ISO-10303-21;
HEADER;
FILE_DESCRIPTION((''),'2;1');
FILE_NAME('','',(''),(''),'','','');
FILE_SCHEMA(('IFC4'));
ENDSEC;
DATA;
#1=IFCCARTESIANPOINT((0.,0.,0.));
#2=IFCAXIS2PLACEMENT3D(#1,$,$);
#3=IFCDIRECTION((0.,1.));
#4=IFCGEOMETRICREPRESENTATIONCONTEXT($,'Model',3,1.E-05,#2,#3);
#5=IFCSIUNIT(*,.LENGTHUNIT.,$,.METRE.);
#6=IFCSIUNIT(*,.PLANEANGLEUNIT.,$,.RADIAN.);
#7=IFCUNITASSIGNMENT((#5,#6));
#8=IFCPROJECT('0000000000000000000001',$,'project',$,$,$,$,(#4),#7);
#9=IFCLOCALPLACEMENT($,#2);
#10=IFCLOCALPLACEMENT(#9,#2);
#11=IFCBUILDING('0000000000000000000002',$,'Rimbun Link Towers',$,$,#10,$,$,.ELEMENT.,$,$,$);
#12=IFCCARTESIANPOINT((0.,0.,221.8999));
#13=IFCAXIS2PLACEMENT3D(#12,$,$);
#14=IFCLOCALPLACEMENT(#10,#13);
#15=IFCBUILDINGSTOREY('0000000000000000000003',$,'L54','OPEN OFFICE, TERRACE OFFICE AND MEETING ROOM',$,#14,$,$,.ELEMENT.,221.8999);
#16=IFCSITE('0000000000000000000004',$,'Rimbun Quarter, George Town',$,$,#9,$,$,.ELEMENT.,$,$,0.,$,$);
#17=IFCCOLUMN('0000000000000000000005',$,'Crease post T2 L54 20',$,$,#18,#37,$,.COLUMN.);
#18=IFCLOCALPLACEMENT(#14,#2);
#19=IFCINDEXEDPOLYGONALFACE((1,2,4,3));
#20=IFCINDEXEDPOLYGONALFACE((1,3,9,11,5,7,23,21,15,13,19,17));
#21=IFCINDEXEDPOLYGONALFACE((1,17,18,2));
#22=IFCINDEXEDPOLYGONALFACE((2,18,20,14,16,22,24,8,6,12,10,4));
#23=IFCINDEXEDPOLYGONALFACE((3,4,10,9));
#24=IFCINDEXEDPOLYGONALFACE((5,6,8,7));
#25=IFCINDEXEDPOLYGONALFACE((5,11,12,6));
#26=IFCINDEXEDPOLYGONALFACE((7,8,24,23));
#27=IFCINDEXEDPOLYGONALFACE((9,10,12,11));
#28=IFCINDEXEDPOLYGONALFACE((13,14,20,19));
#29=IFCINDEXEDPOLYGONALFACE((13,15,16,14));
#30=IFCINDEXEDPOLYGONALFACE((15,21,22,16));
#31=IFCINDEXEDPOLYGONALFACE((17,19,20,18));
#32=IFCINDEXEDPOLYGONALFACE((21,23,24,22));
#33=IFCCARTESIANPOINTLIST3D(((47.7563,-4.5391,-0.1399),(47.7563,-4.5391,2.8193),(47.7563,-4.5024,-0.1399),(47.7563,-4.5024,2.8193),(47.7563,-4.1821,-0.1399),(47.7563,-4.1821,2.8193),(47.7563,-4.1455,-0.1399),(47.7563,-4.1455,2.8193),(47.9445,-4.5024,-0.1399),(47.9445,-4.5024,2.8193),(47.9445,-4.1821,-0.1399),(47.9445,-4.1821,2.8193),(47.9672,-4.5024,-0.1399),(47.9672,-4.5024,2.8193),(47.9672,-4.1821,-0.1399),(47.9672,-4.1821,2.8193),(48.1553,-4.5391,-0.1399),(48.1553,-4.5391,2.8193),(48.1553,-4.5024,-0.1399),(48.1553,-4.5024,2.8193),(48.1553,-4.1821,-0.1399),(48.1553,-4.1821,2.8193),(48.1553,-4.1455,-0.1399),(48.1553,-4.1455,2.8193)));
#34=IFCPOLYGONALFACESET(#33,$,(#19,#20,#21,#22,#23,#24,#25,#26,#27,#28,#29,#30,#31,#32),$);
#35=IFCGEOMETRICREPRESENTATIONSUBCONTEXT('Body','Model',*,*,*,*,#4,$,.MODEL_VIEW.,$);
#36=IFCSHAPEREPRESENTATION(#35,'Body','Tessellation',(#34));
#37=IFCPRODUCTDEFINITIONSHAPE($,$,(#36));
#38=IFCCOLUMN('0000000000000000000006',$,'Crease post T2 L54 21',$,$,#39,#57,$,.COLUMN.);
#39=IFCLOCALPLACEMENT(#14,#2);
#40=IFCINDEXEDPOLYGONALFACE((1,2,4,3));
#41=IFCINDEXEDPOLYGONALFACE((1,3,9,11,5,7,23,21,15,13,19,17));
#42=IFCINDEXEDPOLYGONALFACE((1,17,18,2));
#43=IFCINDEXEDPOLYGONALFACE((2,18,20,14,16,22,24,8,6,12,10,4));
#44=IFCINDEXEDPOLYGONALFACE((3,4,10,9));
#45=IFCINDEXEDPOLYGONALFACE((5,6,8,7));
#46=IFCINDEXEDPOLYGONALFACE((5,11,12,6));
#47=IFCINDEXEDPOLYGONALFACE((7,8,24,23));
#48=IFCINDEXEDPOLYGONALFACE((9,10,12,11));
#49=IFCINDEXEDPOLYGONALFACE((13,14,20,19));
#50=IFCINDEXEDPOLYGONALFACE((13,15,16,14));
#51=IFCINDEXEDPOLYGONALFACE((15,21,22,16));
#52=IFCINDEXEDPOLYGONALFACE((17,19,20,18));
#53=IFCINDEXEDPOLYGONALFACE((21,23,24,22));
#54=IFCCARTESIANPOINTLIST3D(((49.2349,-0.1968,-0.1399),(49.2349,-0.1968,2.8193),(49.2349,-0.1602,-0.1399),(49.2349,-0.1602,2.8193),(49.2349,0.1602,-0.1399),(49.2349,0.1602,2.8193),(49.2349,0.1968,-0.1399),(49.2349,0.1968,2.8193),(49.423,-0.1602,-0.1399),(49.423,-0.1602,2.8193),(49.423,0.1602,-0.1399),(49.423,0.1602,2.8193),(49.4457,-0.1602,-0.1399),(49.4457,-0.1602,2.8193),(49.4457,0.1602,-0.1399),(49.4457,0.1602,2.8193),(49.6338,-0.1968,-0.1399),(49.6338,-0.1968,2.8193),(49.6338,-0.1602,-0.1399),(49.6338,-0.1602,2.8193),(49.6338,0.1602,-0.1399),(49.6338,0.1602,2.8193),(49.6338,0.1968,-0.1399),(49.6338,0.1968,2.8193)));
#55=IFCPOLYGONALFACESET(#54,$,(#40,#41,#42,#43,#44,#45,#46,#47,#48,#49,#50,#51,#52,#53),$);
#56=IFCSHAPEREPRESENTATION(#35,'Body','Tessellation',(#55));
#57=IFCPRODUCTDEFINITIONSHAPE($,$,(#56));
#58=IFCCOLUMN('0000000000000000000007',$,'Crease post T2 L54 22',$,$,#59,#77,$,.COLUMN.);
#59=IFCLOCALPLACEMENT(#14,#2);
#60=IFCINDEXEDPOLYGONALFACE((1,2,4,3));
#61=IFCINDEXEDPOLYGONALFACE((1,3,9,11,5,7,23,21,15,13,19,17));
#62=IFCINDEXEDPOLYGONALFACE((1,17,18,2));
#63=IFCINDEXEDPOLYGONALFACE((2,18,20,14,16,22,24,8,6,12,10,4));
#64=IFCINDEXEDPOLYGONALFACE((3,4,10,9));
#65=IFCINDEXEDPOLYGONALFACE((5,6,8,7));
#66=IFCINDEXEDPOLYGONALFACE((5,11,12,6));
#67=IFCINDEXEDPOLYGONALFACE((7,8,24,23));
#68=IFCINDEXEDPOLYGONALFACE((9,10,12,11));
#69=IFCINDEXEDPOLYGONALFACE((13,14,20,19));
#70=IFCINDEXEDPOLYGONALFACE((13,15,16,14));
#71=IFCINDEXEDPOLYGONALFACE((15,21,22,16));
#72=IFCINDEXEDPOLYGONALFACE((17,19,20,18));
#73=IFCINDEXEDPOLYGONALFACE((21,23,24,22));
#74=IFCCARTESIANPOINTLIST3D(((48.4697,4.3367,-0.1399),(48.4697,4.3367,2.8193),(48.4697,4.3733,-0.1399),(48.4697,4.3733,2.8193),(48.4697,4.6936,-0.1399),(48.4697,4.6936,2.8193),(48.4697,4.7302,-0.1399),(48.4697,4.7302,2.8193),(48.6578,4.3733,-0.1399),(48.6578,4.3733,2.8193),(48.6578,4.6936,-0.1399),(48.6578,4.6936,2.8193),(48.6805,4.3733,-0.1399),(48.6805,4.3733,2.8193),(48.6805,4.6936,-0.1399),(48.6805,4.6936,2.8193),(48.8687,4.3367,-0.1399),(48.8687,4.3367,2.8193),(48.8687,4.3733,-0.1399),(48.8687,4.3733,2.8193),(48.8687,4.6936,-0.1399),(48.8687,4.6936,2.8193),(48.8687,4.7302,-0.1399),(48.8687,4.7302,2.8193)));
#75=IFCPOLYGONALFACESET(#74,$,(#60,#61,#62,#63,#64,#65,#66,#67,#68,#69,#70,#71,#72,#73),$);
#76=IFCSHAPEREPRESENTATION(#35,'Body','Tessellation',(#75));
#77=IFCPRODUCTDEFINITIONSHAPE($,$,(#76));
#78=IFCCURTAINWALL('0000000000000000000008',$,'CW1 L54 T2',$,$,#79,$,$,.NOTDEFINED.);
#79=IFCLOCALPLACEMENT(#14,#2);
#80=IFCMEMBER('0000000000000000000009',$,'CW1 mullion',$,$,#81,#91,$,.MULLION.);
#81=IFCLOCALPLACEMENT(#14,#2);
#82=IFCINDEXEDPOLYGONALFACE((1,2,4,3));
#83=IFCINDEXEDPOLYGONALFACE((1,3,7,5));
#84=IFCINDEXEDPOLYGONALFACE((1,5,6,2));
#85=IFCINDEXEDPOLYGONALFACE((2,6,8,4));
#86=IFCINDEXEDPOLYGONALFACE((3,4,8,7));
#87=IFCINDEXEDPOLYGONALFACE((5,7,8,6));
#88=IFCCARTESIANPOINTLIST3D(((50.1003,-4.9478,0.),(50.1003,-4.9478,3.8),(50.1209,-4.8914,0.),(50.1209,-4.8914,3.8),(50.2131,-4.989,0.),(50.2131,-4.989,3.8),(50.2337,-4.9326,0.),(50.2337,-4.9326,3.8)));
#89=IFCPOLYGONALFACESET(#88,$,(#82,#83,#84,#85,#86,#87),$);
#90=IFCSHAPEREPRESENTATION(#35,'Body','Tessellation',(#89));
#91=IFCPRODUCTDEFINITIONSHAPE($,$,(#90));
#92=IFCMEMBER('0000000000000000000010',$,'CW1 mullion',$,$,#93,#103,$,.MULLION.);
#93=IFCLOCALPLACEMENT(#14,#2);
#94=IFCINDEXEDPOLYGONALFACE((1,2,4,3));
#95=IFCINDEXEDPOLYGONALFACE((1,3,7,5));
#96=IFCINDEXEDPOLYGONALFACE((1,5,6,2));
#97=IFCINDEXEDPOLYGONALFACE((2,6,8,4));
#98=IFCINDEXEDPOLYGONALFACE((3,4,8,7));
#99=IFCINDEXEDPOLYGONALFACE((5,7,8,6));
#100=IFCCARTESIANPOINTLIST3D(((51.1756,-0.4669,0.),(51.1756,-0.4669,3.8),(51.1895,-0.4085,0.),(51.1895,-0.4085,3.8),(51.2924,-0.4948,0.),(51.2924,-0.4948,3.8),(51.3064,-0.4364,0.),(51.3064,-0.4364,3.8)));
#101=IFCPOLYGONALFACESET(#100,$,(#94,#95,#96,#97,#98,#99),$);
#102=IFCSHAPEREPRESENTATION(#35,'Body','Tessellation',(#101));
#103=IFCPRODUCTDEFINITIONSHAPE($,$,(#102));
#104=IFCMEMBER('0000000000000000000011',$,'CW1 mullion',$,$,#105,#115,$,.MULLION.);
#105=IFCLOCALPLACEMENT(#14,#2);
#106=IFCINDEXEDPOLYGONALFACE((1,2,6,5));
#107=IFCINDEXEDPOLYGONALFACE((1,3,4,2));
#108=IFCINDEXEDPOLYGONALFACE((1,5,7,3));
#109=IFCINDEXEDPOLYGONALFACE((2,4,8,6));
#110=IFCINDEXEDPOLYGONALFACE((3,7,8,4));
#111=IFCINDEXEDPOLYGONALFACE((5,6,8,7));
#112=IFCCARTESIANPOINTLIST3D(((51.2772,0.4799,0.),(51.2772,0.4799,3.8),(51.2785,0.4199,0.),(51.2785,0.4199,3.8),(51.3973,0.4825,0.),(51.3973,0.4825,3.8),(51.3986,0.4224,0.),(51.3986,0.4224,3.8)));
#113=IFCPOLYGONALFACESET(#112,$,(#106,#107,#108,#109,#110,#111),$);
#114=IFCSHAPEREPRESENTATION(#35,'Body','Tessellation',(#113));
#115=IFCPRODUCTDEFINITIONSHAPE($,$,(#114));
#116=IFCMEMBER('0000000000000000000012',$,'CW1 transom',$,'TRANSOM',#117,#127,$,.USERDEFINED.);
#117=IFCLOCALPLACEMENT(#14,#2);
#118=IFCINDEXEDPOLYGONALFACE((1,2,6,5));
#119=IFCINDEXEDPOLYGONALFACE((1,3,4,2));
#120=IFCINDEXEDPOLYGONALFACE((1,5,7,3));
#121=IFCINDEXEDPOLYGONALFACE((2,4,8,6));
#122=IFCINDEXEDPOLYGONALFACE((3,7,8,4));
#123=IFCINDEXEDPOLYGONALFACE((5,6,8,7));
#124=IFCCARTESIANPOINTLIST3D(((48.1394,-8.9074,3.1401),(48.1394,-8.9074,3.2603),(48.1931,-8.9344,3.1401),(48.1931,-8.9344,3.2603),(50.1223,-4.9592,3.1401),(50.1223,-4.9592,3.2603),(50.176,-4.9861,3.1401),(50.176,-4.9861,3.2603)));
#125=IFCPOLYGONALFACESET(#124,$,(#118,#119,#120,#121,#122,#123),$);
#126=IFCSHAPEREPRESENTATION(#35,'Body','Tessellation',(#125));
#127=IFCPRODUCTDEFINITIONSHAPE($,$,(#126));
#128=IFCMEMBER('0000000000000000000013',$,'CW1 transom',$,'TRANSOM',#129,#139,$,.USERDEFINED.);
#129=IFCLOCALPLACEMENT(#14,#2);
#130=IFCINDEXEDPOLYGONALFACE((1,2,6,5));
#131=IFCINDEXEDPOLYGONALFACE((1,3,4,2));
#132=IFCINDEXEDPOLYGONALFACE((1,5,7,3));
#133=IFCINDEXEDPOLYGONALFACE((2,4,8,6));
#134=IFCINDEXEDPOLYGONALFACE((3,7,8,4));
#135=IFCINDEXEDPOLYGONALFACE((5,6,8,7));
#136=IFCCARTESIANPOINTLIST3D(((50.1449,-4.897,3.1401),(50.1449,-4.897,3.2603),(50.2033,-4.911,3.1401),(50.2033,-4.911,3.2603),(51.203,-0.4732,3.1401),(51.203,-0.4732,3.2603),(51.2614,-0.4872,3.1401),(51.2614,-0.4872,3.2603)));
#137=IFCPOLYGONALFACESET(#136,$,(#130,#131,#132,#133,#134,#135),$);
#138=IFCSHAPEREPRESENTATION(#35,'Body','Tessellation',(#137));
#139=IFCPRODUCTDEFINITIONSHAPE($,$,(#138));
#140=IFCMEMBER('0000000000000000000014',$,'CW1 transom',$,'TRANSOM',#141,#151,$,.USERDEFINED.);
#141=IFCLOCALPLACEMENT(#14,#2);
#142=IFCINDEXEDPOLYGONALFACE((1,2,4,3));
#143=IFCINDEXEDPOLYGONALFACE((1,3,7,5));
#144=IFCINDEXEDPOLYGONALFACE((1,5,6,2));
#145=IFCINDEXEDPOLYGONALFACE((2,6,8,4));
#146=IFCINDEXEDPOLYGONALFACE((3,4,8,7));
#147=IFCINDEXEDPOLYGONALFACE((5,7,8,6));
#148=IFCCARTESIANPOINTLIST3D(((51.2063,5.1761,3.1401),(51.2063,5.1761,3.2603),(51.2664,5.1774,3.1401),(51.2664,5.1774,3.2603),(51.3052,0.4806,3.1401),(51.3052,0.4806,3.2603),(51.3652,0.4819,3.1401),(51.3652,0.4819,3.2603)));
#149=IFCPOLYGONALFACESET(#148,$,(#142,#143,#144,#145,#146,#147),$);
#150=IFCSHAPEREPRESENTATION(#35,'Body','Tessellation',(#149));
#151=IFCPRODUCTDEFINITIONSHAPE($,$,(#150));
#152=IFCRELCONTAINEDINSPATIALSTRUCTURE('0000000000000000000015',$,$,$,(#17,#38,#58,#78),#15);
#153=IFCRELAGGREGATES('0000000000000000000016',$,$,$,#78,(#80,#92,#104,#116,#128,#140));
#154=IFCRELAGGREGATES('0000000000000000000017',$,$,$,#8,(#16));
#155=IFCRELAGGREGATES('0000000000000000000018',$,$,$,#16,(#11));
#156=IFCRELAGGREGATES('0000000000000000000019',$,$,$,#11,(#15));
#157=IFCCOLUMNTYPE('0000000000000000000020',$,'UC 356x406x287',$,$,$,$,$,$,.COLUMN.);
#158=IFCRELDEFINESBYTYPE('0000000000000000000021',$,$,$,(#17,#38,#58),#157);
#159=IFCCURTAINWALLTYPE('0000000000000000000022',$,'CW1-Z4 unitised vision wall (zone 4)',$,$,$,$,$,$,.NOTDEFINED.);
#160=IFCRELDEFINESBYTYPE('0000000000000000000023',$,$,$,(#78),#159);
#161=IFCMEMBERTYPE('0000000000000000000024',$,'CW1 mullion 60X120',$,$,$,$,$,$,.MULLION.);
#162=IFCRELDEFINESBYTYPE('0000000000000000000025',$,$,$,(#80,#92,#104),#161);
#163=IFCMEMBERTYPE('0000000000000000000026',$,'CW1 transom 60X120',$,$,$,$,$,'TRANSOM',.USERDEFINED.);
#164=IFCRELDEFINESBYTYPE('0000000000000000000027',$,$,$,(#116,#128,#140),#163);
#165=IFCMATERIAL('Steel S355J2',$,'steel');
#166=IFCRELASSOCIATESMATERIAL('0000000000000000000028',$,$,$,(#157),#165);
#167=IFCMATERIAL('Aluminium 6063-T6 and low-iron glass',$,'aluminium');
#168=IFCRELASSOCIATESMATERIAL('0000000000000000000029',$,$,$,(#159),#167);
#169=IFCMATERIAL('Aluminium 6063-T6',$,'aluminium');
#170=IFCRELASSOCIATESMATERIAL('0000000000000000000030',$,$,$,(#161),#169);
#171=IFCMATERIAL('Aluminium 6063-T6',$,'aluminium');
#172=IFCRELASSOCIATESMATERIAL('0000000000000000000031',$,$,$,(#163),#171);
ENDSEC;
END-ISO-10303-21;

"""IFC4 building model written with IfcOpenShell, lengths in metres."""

from ifc_helpers import new_model, si_unit, direction, frame, origin, origin_2d, place, context, subcontext, project, spatial, rectangle, i_section, extrude, material, material_profile, profile_set, type_object, element, aggregate, save


model = new_model("IFC4")

# Units and contexts
model_context = context("Model", 3, precision=1e-05, world=origin(), true_north=direction((0.0, 1.0)))
body_context = subcontext(model_context, "Body", "Model", "MODEL_VIEW")
ifc_project = project(units=[si_unit("LENGTHUNIT", "METRE"), si_unit("PLANEANGLEUNIT", "RADIAN")], contexts=[model_context])

# Site, building, storey
site_placement = place(None, origin())
site = spatial("IfcSite", under=ifc_project, at=site_placement, Name="Rimbun Quarter, George Town", CompositionType="ELEMENT", RefElevation=0.0)
building_placement = place(site_placement, origin())
building = spatial("IfcBuilding", under=site, at=building_placement, Name="Rimbun Link Towers", CompositionType="ELEMENT")
storey_placement = place(building_placement, frame((0.0, 0.0, 221.8999)))
storey = spatial("IfcBuildingStorey", under=building, at=storey_placement, Name="L54", Description="OPEN OFFICE, TERRACE OFFICE AND MEETING ROOM", CompositionType="ELEMENT", Elevation=221.8999)

# Columns
ifc_material_1 = material(Name="Steel S355J2", Category="steel")
ifc_material_profile_1 = material_profile(ifc_material_1, i_section(OverallWidth=0.3989, OverallDepth=0.3936, WebThickness=0.0227, FlangeThickness=0.0366, at=origin_2d()), Name="UC 356x406x287")
ifc_profile_set_1 = profile_set([ifc_material_profile_1], Name="Steel S355J2")
column_type = type_object("IfcColumnType", Name="UC 356x406x287", PredefinedType="COLUMN", material=ifc_profile_set_1)
for number, where, z_axis, x_axis, name in (
    (1, (47.9558, -4.3423, -0.1399), (0.0, 0.0, 1.0), (1.0, 0.0, 0.0), "Crease post T2 L54 20"),
    (2, (49.4343, 0.0, -0.1399), (0.0, 0.0, 1.0), (1.0, 0.0, 0.0), "Crease post T2 L54 21"),
    (3, (48.6692, 4.5334, -0.1399), (0.0, 0.0, 1.0), (1.0, 0.0, 0.0), "Crease post T2 L54 22"),
):
    element("IfcColumn", number, at=place(storey_placement, frame(where, z_axis=z_axis, x_axis=x_axis)), inside=storey, type_object=column_type, Name=name, PredefinedType="COLUMN", context=body_context, shape_type="SweptSolid", body=[
        extrude(i_section(OverallWidth=0.3989, OverallDepth=0.3936, WebThickness=0.0227, FlangeThickness=0.0366, at=origin_2d()), origin(), (0.0, 0.0, 1.0), 2.9592),
    ])

# Curtain wall, members
ifc_material_2 = material(Name="Aluminium 6063-T6 and low-iron glass", Category="aluminium")
curtain_wall_type = type_object("IfcCurtainWallType", Name="CW1-Z4 unitised vision wall (zone 4)", PredefinedType="NOTDEFINED", material=ifc_material_2)
curtain_wall_placement = place(storey_placement, origin())
curtain_wall = element("IfcCurtainWall", 4, at=curtain_wall_placement, inside=storey, type_object=curtain_wall_type, Name="CW1 L54 T2", PredefinedType="NOTDEFINED")
ifc_material_3 = material(Name="Aluminium 6063-T6", Category="aluminium")
ifc_material_profile_2 = material_profile(ifc_material_3, rectangle(XDim=0.1201, YDim=0.0601, at=origin_2d()), Name="MULLION 60X120")
ifc_profile_set_2 = profile_set([ifc_material_profile_2], Name="Aluminium 6063-T6")
member_type_1 = type_object("IfcMemberType", Name="CW1 mullion 60X120", PredefinedType="MULLION", material=ifc_profile_set_2)
member_1_placement = place(storey_placement, frame((50.167, -4.9402, 0.0), z_axis=(0.0, 0.0, 1.0), x_axis=(0.939348, -0.342964, 0.0)))
member_1 = element("IfcMember", 5, at=member_1_placement, type_object=member_type_1, Name="CW1 mullion", PredefinedType="MULLION", context=body_context, shape_type="SweptSolid", body=[
    extrude(rectangle(XDim=0.1201, YDim=0.0601, at=origin_2d()), origin(), (0.0, 0.0, 1.0), 3.8),
])
member_2_placement = place(storey_placement, frame((51.241, -0.4517, 0.0), z_axis=(0.0, 0.0, 1.0), x_axis=(0.972572, -0.232601, 0.0)))
member_2 = element("IfcMember", 6, at=member_2_placement, type_object=member_type_1, Name="CW1 mullion", PredefinedType="MULLION", context=body_context, shape_type="SweptSolid", body=[
    extrude(rectangle(XDim=0.1201, YDim=0.0601, at=origin_2d()), origin(), (0.0, 0.0, 1.0), 3.8),
])
member_3_placement = place(storey_placement, frame((51.3379, 0.4512, 0.0), z_axis=(0.0, 0.0, 1.0), x_axis=(0.999778, 0.021069, 0.0)))
member_3 = element("IfcMember", 7, at=member_3_placement, type_object=member_type_1, Name="CW1 mullion", PredefinedType="MULLION", context=body_context, shape_type="SweptSolid", body=[
    extrude(rectangle(XDim=0.1201, YDim=0.0601, at=origin_2d()), origin(), (0.0, 0.0, 1.0), 3.8),
])
ifc_material_4 = material(Name="Aluminium 6063-T6", Category="aluminium")
ifc_material_profile_3 = material_profile(ifc_material_4, rectangle(XDim=0.0601, YDim=0.1201, at=origin_2d()), Name="TRANSOM 60X120")
ifc_profile_set_3 = profile_set([ifc_material_profile_3], Name="Aluminium 6063-T6")
member_type_2 = type_object("IfcMemberType", Name="CW1 transom 60X120", ElementType="TRANSOM", PredefinedType="USERDEFINED", material=ifc_profile_set_3)
member_4_placement = place(storey_placement, frame((50.1492, -4.9727, 3.2002), z_axis=(-0.448804, -0.89363, 0.0), x_axis=(0.89363, -0.448804, 0.0)))
member_4 = element("IfcMember", 8, at=member_4_placement, type_object=member_type_2, Name="CW1 transom", ObjectType="TRANSOM", PredefinedType="USERDEFINED", context=body_context, shape_type="SweptSolid", body=[
    extrude(rectangle(XDim=0.0601, YDim=0.1201, at=origin_2d()), origin(), (0.0, 0.0, 1.0), 4.4182),
])
member_5_placement = place(storey_placement, frame((51.2322, -0.4802, 3.2002), z_axis=(-0.232622, -0.972567, 0.0), x_axis=(0.972567, -0.232622, 0.0)))
member_5 = element("IfcMember", 9, at=member_5_placement, type_object=member_type_2, Name="CW1 transom", ObjectType="TRANSOM", PredefinedType="USERDEFINED", context=body_context, shape_type="SweptSolid", body=[
    extrude(rectangle(XDim=0.0601, YDim=0.1201, at=origin_2d()), origin(), (0.0, 0.0, 1.0), 4.5486),
])
member_6_placement = place(storey_placement, frame((51.2363, 5.1768, 3.2002), z_axis=(0.021053, -0.999778, 0.0), x_axis=(0.999778, 0.021053, 0.0)))
member_6 = element("IfcMember", 10, at=member_6_placement, type_object=member_type_2, Name="CW1 transom", ObjectType="TRANSOM", PredefinedType="USERDEFINED", context=body_context, shape_type="SweptSolid", body=[
    extrude(rectangle(XDim=0.0601, YDim=0.1201, at=origin_2d()), origin(), (0.0, 0.0, 1.0), 4.6965),
])

aggregate(curtain_wall, [member_1, member_2, member_3, member_4, member_5, member_6])

save(model, "model.ifc")
